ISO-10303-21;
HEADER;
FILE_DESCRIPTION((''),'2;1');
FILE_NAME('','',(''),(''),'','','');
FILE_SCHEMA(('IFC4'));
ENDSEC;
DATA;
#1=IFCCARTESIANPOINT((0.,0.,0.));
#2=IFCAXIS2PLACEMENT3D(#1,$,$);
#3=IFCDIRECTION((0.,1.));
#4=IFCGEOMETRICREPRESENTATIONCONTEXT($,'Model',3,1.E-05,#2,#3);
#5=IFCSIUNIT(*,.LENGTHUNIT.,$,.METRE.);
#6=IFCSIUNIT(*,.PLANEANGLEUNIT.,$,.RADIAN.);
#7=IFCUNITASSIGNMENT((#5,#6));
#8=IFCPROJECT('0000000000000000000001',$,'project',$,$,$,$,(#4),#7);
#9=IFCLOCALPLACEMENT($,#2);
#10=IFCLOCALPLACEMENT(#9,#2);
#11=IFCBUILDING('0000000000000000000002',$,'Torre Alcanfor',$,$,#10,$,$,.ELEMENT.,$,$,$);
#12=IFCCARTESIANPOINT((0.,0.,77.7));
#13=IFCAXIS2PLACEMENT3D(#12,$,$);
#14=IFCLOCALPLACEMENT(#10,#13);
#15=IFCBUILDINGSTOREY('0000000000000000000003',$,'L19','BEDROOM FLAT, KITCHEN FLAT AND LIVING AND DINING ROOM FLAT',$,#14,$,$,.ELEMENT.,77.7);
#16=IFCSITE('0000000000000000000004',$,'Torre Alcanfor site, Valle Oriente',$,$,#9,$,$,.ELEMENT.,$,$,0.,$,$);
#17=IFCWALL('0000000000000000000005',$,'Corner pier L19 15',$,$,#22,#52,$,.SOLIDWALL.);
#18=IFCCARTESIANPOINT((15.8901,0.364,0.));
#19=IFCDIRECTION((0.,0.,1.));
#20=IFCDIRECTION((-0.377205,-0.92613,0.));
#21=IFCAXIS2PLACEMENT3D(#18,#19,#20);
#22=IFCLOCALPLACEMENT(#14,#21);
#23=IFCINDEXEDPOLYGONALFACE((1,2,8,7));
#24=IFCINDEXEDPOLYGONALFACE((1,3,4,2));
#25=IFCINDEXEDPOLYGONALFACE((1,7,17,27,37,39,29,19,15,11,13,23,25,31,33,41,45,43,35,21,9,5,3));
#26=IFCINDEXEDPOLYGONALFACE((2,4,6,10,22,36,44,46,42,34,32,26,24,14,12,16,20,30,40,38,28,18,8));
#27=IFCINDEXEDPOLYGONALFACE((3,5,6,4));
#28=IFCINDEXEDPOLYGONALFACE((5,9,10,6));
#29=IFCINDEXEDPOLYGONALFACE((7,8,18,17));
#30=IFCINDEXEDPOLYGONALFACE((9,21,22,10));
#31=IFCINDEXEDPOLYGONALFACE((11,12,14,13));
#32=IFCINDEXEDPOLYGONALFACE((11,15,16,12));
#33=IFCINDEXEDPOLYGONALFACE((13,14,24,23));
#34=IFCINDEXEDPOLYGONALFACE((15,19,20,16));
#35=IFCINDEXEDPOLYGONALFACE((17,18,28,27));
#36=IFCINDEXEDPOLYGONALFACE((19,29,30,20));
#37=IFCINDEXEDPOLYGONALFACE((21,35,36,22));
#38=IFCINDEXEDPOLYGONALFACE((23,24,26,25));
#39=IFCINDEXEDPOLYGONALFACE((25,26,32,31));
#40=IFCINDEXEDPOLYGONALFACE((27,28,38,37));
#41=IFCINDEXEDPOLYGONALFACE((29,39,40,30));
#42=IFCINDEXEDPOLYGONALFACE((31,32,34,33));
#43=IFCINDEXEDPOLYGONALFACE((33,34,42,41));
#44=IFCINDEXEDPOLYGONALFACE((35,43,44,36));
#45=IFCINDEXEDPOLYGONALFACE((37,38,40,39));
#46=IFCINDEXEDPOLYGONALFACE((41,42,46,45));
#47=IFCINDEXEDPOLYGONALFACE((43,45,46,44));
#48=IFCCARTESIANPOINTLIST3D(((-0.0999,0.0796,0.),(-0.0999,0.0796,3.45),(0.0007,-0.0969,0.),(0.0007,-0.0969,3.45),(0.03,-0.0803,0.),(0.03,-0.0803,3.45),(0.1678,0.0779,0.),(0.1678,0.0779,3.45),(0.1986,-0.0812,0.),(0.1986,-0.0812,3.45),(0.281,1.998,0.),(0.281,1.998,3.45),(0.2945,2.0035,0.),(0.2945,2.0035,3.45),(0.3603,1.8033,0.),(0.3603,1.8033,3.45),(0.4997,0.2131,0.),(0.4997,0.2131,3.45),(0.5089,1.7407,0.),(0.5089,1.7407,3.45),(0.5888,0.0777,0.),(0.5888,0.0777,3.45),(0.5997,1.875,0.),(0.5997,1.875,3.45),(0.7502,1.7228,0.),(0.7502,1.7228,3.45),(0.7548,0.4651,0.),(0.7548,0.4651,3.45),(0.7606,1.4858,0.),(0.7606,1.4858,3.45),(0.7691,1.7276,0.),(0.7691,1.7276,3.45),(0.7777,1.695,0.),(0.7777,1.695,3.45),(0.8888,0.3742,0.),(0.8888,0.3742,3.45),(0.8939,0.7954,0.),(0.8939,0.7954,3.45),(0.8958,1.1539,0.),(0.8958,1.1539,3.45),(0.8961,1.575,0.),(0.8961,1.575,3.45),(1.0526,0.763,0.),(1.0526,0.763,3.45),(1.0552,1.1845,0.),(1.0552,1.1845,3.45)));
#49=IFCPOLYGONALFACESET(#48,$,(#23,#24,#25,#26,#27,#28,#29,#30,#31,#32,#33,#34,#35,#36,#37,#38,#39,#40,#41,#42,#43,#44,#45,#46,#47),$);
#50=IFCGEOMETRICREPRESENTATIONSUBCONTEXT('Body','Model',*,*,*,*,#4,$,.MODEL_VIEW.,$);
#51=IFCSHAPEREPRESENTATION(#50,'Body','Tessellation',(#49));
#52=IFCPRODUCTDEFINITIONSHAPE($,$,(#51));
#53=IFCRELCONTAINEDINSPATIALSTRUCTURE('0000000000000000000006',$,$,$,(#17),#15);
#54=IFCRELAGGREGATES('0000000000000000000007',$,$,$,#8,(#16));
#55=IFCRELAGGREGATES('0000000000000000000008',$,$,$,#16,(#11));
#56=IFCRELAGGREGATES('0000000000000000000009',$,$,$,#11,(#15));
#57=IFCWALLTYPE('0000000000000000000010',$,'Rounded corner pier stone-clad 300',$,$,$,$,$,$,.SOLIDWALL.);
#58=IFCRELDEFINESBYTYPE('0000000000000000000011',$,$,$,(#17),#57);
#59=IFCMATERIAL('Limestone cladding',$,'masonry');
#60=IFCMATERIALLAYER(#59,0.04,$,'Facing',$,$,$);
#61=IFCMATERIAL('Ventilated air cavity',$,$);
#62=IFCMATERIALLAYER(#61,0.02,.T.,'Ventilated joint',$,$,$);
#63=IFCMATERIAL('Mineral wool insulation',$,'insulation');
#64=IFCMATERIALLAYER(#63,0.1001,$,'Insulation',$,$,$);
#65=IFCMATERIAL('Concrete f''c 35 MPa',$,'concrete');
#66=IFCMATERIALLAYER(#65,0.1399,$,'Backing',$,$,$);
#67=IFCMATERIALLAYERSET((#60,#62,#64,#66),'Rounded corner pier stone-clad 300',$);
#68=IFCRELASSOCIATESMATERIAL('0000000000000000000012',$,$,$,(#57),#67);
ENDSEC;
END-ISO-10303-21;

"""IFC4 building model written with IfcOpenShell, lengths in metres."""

from ifc_helpers import new_model, si_unit, direction, frame, origin, place, context, subcontext, project, spatial, polyline, outline, extrude, material, layer, layer_set, type_object, element, save


model = new_model("IFC4")

# Units and contexts
model_context = context("Model", 3, precision=1e-05, world=origin(), true_north=direction((0.0, 1.0)))
body_context = subcontext(model_context, "Body", "Model", "MODEL_VIEW")
ifc_project = project(units=[si_unit("LENGTHUNIT", "METRE"), si_unit("PLANEANGLEUNIT", "RADIAN")], contexts=[model_context])

# Site, building, storey
site_placement = place(None, origin())
site = spatial("IfcSite", under=ifc_project, at=site_placement, Name="Torre Alcanfor site, Valle Oriente", CompositionType="ELEMENT", RefElevation=0.0)
building_placement = place(site_placement, origin())
building = spatial("IfcBuilding", under=site, at=building_placement, Name="Torre Alcanfor", CompositionType="ELEMENT")
storey_placement = place(building_placement, frame((0.0, 0.0, 77.7)))
storey = spatial("IfcBuildingStorey", under=building, at=storey_placement, Name="L19", Description="BEDROOM FLAT, KITCHEN FLAT AND LIVING AND DINING ROOM FLAT", CompositionType="ELEMENT", Elevation=77.7)

# Wall
ifc_material_1 = material(Name="Limestone cladding", Category="masonry")
ifc_layer_1 = layer(ifc_material_1, 0.04, Name="Facing")
ifc_material_2 = material(Name="Ventilated air cavity")
ifc_layer_2 = layer(ifc_material_2, 0.02, ventilated=True, Name="Ventilated joint")
ifc_material_3 = material(Name="Mineral wool insulation", Category="insulation")
ifc_layer_3 = layer(ifc_material_3, 0.1001, Name="Insulation")
ifc_material_4 = material(Name="Concrete f'c 35 MPa", Category="concrete")
ifc_layer_4 = layer(ifc_material_4, 0.1399, Name="Backing")
ifc_layer_set_1 = layer_set([ifc_layer_1, ifc_layer_2, ifc_layer_3, ifc_layer_4], Name="Rounded corner pier stone-clad 300")
wall_type = type_object("IfcWallType", Name="Rounded corner pier stone-clad 300", PredefinedType="SOLIDWALL", material=ifc_layer_set_1)
wall_placement = place(storey_placement, frame((15.8901, 0.364, 0.0), z_axis=(0.0, 0.0, 1.0), x_axis=(-0.377205, -0.92613, 0.0)))
element("IfcWall", 1, at=wall_placement, inside=storey, type_object=wall_type, Name="Corner pier L19 15", PredefinedType="SOLIDWALL", context=body_context, shape_type="SweptSolid", body=[
    extrude(outline(polyline([(0.3603, 1.8033), (0.5089, 1.7407), (0.7606, 1.4858), (0.8958, 1.1539), (0.8939, 0.7954), (0.7548, 0.4651), (0.4997, 0.2131), (0.1678, 0.0779), (-0.0999, 0.0796), (0.0007, -0.0969), (0.03, -0.0803), (0.1986, -0.0812), (0.5888, 0.0777), (0.8888, 0.3742), (1.0526, 0.763), (1.0552, 1.1845), (0.8961, 1.575), (0.7777, 1.695), (0.7691, 1.7276), (0.7502, 1.7228), (0.5997, 1.875), (0.2945, 2.0035), (0.281, 1.998), (0.3603, 1.8033)])), origin(), (0.0, 0.0, 1.0), 3.45),
])

save(model, "model.ifc")
